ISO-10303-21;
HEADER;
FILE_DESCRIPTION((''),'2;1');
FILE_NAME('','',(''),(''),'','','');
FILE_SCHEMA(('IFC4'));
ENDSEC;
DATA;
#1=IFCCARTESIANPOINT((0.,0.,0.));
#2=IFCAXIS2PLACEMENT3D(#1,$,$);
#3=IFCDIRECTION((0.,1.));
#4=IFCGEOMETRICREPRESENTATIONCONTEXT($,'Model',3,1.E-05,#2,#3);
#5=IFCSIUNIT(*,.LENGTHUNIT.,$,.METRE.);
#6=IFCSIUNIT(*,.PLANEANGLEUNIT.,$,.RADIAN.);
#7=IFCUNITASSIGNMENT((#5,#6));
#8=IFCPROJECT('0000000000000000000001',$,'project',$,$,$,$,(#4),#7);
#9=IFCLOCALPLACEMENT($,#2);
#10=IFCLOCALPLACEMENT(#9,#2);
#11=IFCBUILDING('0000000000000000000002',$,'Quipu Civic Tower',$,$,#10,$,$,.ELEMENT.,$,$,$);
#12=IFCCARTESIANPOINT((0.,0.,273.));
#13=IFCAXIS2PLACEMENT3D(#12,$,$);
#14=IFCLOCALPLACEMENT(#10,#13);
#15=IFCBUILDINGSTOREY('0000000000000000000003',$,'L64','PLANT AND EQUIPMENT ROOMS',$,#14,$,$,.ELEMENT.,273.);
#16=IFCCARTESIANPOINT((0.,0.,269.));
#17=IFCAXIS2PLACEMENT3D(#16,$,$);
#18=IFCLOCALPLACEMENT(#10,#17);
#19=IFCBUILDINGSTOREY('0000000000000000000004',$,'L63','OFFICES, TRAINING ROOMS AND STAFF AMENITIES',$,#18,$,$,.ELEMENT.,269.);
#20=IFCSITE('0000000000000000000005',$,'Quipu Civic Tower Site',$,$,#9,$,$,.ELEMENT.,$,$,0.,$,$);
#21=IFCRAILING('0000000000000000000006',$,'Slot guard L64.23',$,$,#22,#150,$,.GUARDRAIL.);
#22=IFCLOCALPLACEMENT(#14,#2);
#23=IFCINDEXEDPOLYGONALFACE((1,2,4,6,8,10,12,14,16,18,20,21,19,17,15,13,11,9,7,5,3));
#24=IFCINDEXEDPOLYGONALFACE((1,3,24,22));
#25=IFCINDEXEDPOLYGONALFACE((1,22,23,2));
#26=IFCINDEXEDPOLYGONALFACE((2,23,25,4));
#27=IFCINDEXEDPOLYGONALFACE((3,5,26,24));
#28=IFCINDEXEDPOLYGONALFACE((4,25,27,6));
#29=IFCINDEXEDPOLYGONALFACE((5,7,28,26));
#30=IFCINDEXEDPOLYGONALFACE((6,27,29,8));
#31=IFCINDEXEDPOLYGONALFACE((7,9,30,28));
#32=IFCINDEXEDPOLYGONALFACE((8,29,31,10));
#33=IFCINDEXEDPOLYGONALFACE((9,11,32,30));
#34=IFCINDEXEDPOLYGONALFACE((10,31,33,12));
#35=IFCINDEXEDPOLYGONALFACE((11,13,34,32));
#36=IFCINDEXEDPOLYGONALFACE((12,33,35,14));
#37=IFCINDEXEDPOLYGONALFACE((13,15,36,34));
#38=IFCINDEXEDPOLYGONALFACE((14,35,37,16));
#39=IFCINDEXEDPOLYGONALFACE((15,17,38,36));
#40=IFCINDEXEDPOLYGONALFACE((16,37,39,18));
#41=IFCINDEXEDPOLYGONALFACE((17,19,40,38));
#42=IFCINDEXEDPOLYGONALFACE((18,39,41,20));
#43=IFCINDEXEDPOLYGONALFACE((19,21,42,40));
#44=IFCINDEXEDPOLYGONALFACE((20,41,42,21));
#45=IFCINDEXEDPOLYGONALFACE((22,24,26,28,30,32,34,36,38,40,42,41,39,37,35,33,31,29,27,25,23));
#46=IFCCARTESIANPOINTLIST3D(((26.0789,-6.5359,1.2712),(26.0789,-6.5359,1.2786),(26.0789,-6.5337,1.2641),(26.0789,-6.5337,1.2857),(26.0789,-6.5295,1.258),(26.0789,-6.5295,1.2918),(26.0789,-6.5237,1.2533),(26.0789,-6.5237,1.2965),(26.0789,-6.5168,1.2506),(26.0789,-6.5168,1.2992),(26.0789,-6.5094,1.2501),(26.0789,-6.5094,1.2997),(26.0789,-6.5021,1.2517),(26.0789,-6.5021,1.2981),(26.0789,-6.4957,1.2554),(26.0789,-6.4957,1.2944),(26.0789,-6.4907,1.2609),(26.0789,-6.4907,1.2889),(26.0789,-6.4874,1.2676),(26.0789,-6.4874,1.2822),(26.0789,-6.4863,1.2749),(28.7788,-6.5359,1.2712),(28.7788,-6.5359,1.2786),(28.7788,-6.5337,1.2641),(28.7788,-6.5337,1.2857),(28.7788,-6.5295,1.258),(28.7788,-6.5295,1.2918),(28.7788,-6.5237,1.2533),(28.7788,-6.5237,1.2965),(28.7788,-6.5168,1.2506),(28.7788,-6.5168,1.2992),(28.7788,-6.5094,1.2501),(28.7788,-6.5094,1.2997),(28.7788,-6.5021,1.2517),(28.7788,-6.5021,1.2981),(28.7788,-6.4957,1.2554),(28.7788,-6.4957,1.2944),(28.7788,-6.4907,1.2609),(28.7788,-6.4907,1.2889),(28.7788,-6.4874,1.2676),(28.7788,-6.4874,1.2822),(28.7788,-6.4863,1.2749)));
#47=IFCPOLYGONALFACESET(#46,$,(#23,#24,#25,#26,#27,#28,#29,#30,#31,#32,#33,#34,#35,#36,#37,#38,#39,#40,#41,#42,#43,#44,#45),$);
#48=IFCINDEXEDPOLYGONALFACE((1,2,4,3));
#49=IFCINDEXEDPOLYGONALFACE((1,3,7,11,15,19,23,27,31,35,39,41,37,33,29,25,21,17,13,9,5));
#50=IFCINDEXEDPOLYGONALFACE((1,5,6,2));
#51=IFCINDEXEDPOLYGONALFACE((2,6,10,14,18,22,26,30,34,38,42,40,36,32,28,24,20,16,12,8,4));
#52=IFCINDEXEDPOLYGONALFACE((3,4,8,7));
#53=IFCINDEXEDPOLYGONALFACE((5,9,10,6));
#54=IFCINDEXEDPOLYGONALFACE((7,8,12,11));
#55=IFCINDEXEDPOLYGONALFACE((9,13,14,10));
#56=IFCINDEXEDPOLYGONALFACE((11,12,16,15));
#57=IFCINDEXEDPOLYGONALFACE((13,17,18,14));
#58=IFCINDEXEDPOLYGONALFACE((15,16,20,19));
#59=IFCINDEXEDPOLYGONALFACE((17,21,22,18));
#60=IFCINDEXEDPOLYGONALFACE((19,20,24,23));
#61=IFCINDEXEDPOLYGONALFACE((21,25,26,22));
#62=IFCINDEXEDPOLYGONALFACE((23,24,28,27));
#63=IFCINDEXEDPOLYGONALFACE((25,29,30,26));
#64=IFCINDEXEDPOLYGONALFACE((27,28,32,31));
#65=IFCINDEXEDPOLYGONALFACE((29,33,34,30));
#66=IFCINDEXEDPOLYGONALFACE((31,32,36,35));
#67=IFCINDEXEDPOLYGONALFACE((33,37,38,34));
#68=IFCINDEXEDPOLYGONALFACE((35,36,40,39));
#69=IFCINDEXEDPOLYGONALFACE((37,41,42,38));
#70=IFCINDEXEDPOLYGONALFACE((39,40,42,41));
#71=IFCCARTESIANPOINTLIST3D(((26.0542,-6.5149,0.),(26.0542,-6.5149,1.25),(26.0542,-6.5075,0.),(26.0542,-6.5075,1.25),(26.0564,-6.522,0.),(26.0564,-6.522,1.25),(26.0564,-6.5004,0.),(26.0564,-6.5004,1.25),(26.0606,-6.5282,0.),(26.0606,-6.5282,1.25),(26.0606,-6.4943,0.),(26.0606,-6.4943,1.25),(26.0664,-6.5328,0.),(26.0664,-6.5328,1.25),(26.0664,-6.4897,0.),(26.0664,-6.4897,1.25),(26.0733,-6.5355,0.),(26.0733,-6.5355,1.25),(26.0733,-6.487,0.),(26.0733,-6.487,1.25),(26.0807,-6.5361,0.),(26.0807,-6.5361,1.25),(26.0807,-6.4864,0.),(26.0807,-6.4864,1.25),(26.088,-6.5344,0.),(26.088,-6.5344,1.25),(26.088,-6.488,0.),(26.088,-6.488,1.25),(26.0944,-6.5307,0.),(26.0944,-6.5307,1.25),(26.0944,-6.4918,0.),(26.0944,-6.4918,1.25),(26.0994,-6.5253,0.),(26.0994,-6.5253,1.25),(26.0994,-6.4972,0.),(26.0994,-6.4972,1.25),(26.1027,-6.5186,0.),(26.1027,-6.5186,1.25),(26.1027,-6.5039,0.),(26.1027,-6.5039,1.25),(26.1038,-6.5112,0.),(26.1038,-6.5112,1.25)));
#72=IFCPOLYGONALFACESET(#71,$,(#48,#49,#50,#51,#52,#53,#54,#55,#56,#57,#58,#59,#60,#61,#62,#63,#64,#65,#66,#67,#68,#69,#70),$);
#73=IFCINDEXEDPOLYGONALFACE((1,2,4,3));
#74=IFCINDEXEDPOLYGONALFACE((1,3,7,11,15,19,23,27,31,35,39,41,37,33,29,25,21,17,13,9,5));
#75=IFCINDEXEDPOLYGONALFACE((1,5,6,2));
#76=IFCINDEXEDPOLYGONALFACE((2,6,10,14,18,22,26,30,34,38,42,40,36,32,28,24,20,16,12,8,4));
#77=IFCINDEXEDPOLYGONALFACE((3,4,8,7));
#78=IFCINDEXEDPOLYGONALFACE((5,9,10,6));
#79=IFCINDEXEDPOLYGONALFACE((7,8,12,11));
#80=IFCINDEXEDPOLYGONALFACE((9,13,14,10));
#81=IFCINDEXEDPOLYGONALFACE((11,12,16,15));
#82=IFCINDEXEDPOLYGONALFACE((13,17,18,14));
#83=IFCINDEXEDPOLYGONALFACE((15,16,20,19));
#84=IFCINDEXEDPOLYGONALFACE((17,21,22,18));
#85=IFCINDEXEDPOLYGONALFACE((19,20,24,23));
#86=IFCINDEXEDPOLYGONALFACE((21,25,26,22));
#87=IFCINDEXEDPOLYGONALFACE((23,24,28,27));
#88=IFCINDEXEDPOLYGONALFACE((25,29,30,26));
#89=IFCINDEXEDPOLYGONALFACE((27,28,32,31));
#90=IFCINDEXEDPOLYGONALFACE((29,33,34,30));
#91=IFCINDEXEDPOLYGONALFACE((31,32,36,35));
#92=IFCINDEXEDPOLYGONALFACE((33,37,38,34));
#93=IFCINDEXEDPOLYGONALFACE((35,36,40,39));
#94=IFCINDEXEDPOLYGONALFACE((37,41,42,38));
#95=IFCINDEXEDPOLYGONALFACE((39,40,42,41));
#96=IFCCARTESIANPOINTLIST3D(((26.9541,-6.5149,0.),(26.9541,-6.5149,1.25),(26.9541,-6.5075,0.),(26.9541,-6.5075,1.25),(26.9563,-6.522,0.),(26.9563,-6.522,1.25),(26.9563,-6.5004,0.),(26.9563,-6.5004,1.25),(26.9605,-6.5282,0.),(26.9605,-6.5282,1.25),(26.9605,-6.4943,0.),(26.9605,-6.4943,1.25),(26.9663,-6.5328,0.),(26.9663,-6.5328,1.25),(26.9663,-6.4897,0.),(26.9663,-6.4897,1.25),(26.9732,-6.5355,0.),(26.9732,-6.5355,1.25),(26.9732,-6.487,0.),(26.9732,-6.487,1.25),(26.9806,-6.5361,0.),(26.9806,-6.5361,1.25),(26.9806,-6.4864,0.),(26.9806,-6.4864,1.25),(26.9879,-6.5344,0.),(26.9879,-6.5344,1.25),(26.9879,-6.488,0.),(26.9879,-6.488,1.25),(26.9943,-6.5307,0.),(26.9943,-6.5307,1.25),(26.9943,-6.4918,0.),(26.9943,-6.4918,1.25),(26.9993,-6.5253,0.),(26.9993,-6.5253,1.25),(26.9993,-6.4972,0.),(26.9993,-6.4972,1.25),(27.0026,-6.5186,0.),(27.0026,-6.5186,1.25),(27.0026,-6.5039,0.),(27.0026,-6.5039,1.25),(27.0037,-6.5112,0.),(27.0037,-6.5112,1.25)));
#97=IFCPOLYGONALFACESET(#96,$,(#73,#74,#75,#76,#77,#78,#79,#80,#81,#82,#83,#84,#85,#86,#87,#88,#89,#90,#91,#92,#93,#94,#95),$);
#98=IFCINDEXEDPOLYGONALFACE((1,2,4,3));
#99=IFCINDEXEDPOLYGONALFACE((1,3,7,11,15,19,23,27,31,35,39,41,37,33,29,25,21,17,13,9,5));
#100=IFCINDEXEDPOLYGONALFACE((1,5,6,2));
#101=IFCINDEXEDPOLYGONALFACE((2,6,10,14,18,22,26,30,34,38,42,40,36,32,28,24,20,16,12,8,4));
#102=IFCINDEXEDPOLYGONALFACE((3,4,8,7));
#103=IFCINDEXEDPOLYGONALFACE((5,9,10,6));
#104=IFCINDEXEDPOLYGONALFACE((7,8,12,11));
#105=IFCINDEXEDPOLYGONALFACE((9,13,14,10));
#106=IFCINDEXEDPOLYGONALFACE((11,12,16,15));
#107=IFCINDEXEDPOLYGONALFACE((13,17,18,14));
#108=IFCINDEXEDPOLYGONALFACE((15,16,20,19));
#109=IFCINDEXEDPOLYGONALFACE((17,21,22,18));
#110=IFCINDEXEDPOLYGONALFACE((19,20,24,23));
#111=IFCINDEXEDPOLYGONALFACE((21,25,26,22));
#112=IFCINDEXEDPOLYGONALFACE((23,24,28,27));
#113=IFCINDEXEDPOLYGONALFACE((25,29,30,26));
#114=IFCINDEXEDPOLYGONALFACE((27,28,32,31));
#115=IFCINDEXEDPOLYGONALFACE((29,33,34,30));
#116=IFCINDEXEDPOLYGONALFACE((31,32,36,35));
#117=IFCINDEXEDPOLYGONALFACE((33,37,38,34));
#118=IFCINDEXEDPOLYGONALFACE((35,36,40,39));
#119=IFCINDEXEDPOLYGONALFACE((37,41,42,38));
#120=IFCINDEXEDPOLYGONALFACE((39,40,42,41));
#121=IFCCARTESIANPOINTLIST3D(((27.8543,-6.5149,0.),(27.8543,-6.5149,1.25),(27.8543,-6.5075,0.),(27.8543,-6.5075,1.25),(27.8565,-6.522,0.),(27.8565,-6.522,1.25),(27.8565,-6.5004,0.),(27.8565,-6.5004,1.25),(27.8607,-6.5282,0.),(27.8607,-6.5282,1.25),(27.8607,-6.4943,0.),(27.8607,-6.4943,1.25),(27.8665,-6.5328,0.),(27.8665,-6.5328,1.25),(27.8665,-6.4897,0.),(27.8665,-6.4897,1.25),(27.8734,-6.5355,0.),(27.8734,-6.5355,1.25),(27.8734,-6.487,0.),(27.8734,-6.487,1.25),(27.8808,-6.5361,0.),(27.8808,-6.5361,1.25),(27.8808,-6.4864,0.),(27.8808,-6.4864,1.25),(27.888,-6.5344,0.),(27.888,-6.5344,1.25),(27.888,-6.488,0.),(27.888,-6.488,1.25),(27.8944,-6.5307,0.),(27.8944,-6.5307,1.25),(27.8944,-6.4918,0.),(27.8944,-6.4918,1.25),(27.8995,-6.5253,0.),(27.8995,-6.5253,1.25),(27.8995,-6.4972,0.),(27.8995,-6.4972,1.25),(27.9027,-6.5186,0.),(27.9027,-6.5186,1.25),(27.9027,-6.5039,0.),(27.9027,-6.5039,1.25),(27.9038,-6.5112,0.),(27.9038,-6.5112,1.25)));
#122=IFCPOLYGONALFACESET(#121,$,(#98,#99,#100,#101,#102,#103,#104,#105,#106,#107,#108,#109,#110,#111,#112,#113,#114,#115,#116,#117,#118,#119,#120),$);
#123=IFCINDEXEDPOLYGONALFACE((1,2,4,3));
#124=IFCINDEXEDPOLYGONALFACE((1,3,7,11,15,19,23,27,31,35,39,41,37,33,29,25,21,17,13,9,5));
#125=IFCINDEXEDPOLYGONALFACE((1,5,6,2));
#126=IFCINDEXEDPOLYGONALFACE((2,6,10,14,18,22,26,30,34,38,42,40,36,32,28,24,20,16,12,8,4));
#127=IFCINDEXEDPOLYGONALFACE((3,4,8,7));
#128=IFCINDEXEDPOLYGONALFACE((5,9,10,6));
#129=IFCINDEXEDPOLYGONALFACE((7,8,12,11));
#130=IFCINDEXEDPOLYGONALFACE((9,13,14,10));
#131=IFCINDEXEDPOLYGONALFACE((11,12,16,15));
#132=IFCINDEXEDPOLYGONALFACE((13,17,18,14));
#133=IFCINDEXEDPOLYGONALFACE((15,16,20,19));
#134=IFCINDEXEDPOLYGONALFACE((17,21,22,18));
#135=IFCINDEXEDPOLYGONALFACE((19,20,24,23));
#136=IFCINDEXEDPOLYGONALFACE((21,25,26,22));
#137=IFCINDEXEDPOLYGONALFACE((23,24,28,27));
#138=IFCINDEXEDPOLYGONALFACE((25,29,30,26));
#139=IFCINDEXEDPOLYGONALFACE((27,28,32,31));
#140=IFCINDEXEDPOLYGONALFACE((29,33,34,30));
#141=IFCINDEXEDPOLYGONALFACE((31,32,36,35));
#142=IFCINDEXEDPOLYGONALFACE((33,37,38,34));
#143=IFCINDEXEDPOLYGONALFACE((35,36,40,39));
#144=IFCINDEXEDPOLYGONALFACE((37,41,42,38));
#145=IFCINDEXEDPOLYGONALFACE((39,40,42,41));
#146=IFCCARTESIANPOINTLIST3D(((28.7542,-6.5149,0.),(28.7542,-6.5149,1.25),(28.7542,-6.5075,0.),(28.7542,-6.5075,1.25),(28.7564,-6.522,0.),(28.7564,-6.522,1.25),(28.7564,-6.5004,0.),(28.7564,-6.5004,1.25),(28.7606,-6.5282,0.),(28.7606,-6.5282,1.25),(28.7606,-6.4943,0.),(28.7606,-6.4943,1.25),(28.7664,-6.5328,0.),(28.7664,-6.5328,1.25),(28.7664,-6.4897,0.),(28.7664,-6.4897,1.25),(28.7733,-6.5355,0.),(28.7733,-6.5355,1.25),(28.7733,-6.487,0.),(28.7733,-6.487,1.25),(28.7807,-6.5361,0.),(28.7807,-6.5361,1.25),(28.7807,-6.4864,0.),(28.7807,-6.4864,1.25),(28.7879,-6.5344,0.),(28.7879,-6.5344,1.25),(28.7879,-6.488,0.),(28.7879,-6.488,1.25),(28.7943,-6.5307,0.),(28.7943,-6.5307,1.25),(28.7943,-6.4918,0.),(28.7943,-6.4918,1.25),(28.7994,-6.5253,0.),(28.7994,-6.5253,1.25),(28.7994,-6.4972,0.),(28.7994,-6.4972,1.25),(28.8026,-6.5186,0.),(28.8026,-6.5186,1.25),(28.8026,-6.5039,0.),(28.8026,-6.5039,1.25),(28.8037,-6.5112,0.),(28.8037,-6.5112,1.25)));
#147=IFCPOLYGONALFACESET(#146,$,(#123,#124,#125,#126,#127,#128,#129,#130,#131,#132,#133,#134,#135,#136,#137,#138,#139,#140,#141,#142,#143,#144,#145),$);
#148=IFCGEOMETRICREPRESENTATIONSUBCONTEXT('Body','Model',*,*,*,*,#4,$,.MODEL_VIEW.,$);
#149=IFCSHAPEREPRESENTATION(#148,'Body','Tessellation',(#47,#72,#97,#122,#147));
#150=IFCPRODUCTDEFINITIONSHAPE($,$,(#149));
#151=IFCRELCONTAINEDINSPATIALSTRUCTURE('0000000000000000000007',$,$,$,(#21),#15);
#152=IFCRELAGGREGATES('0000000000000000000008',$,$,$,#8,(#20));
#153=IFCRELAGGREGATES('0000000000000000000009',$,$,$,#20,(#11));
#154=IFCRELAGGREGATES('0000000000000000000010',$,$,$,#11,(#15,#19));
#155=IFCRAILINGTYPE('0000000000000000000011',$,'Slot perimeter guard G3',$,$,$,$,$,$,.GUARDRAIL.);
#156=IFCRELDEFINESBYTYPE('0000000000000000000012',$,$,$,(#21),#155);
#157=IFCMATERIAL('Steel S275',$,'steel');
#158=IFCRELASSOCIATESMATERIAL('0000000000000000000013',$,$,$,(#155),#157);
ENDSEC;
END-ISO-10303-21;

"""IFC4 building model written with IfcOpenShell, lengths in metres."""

from ifc_helpers import new_model, si_unit, direction, frame, origin, origin_2d, place, context, subcontext, project, spatial, circle, extrude, material, type_object, element, save


model = new_model("IFC4")

# Units and contexts
model_context = context("Model", 3, precision=1e-05, world=origin(), true_north=direction((0.0, 1.0)))
body_context = subcontext(model_context, "Body", "Model", "MODEL_VIEW")
ifc_project = project(units=[si_unit("LENGTHUNIT", "METRE"), si_unit("PLANEANGLEUNIT", "RADIAN")], contexts=[model_context])

# Site, building, storey
site_placement = place(None, origin())
site = spatial("IfcSite", under=ifc_project, at=site_placement, Name="Quipu Civic Tower Site", CompositionType="ELEMENT", RefElevation=0.0)
building_placement = place(site_placement, origin())
building = spatial("IfcBuilding", under=site, at=building_placement, Name="Quipu Civic Tower", CompositionType="ELEMENT")
storey_1_placement = place(building_placement, frame((0.0, 0.0, 273.0)))
storey_1 = spatial("IfcBuildingStorey", under=building, at=storey_1_placement, Name="L64", Description="PLANT AND EQUIPMENT ROOMS", CompositionType="ELEMENT", Elevation=273.0)

# Shared definitions
storey_2_placement = place(building_placement, frame((0.0, 0.0, 269.0)))
storey_2 = spatial("IfcBuildingStorey", under=building, at=storey_2_placement, Name="L63", Description="OFFICES, TRAINING ROOMS AND STAFF AMENITIES", CompositionType="ELEMENT", Elevation=269.0)

# Railing
ifc_material_1 = material(Name="Steel S275", Category="steel")
railing_type = type_object("IfcRailingType", Name="Slot perimeter guard G3", PredefinedType="GUARDRAIL", material=ifc_material_1)
railing_1_placement = place(storey_1_placement, frame((26.0789, -6.5112, 0.0)))
element("IfcRailing", 1, at=railing_1_placement, inside=storey_1, type_object=railing_type, Name="Slot guard L64.23", PredefinedType="GUARDRAIL", context=body_context, shape_type="SweptSolid", body=[
    extrude(circle(Radius=0.0249, at=origin_2d()), frame((0.0, 0.0, 1.2749), z_axis=(1.0, 0.0, 0.0), x_axis=(0.0, 1.0, 0.0)), (0.0, 0.0, 1.0), 2.7),
    extrude(circle(Radius=0.0249, at=origin_2d()), origin(), (0.0, 0.0, 1.0), 1.25),
    extrude(circle(Radius=0.0249, at=origin_2d()), frame((0.8999, 0.0, 0.0)), (0.0, 0.0, 1.0), 1.25),
    extrude(circle(Radius=0.0249, at=origin_2d()), frame((1.8, 0.0, 0.0)), (0.0, 0.0, 1.0), 1.25),
    extrude(circle(Radius=0.0249, at=origin_2d()), frame((2.7, 0.0, 0.0)), (0.0, 0.0, 1.0), 1.25),
])

save(model, "model.ifc")
